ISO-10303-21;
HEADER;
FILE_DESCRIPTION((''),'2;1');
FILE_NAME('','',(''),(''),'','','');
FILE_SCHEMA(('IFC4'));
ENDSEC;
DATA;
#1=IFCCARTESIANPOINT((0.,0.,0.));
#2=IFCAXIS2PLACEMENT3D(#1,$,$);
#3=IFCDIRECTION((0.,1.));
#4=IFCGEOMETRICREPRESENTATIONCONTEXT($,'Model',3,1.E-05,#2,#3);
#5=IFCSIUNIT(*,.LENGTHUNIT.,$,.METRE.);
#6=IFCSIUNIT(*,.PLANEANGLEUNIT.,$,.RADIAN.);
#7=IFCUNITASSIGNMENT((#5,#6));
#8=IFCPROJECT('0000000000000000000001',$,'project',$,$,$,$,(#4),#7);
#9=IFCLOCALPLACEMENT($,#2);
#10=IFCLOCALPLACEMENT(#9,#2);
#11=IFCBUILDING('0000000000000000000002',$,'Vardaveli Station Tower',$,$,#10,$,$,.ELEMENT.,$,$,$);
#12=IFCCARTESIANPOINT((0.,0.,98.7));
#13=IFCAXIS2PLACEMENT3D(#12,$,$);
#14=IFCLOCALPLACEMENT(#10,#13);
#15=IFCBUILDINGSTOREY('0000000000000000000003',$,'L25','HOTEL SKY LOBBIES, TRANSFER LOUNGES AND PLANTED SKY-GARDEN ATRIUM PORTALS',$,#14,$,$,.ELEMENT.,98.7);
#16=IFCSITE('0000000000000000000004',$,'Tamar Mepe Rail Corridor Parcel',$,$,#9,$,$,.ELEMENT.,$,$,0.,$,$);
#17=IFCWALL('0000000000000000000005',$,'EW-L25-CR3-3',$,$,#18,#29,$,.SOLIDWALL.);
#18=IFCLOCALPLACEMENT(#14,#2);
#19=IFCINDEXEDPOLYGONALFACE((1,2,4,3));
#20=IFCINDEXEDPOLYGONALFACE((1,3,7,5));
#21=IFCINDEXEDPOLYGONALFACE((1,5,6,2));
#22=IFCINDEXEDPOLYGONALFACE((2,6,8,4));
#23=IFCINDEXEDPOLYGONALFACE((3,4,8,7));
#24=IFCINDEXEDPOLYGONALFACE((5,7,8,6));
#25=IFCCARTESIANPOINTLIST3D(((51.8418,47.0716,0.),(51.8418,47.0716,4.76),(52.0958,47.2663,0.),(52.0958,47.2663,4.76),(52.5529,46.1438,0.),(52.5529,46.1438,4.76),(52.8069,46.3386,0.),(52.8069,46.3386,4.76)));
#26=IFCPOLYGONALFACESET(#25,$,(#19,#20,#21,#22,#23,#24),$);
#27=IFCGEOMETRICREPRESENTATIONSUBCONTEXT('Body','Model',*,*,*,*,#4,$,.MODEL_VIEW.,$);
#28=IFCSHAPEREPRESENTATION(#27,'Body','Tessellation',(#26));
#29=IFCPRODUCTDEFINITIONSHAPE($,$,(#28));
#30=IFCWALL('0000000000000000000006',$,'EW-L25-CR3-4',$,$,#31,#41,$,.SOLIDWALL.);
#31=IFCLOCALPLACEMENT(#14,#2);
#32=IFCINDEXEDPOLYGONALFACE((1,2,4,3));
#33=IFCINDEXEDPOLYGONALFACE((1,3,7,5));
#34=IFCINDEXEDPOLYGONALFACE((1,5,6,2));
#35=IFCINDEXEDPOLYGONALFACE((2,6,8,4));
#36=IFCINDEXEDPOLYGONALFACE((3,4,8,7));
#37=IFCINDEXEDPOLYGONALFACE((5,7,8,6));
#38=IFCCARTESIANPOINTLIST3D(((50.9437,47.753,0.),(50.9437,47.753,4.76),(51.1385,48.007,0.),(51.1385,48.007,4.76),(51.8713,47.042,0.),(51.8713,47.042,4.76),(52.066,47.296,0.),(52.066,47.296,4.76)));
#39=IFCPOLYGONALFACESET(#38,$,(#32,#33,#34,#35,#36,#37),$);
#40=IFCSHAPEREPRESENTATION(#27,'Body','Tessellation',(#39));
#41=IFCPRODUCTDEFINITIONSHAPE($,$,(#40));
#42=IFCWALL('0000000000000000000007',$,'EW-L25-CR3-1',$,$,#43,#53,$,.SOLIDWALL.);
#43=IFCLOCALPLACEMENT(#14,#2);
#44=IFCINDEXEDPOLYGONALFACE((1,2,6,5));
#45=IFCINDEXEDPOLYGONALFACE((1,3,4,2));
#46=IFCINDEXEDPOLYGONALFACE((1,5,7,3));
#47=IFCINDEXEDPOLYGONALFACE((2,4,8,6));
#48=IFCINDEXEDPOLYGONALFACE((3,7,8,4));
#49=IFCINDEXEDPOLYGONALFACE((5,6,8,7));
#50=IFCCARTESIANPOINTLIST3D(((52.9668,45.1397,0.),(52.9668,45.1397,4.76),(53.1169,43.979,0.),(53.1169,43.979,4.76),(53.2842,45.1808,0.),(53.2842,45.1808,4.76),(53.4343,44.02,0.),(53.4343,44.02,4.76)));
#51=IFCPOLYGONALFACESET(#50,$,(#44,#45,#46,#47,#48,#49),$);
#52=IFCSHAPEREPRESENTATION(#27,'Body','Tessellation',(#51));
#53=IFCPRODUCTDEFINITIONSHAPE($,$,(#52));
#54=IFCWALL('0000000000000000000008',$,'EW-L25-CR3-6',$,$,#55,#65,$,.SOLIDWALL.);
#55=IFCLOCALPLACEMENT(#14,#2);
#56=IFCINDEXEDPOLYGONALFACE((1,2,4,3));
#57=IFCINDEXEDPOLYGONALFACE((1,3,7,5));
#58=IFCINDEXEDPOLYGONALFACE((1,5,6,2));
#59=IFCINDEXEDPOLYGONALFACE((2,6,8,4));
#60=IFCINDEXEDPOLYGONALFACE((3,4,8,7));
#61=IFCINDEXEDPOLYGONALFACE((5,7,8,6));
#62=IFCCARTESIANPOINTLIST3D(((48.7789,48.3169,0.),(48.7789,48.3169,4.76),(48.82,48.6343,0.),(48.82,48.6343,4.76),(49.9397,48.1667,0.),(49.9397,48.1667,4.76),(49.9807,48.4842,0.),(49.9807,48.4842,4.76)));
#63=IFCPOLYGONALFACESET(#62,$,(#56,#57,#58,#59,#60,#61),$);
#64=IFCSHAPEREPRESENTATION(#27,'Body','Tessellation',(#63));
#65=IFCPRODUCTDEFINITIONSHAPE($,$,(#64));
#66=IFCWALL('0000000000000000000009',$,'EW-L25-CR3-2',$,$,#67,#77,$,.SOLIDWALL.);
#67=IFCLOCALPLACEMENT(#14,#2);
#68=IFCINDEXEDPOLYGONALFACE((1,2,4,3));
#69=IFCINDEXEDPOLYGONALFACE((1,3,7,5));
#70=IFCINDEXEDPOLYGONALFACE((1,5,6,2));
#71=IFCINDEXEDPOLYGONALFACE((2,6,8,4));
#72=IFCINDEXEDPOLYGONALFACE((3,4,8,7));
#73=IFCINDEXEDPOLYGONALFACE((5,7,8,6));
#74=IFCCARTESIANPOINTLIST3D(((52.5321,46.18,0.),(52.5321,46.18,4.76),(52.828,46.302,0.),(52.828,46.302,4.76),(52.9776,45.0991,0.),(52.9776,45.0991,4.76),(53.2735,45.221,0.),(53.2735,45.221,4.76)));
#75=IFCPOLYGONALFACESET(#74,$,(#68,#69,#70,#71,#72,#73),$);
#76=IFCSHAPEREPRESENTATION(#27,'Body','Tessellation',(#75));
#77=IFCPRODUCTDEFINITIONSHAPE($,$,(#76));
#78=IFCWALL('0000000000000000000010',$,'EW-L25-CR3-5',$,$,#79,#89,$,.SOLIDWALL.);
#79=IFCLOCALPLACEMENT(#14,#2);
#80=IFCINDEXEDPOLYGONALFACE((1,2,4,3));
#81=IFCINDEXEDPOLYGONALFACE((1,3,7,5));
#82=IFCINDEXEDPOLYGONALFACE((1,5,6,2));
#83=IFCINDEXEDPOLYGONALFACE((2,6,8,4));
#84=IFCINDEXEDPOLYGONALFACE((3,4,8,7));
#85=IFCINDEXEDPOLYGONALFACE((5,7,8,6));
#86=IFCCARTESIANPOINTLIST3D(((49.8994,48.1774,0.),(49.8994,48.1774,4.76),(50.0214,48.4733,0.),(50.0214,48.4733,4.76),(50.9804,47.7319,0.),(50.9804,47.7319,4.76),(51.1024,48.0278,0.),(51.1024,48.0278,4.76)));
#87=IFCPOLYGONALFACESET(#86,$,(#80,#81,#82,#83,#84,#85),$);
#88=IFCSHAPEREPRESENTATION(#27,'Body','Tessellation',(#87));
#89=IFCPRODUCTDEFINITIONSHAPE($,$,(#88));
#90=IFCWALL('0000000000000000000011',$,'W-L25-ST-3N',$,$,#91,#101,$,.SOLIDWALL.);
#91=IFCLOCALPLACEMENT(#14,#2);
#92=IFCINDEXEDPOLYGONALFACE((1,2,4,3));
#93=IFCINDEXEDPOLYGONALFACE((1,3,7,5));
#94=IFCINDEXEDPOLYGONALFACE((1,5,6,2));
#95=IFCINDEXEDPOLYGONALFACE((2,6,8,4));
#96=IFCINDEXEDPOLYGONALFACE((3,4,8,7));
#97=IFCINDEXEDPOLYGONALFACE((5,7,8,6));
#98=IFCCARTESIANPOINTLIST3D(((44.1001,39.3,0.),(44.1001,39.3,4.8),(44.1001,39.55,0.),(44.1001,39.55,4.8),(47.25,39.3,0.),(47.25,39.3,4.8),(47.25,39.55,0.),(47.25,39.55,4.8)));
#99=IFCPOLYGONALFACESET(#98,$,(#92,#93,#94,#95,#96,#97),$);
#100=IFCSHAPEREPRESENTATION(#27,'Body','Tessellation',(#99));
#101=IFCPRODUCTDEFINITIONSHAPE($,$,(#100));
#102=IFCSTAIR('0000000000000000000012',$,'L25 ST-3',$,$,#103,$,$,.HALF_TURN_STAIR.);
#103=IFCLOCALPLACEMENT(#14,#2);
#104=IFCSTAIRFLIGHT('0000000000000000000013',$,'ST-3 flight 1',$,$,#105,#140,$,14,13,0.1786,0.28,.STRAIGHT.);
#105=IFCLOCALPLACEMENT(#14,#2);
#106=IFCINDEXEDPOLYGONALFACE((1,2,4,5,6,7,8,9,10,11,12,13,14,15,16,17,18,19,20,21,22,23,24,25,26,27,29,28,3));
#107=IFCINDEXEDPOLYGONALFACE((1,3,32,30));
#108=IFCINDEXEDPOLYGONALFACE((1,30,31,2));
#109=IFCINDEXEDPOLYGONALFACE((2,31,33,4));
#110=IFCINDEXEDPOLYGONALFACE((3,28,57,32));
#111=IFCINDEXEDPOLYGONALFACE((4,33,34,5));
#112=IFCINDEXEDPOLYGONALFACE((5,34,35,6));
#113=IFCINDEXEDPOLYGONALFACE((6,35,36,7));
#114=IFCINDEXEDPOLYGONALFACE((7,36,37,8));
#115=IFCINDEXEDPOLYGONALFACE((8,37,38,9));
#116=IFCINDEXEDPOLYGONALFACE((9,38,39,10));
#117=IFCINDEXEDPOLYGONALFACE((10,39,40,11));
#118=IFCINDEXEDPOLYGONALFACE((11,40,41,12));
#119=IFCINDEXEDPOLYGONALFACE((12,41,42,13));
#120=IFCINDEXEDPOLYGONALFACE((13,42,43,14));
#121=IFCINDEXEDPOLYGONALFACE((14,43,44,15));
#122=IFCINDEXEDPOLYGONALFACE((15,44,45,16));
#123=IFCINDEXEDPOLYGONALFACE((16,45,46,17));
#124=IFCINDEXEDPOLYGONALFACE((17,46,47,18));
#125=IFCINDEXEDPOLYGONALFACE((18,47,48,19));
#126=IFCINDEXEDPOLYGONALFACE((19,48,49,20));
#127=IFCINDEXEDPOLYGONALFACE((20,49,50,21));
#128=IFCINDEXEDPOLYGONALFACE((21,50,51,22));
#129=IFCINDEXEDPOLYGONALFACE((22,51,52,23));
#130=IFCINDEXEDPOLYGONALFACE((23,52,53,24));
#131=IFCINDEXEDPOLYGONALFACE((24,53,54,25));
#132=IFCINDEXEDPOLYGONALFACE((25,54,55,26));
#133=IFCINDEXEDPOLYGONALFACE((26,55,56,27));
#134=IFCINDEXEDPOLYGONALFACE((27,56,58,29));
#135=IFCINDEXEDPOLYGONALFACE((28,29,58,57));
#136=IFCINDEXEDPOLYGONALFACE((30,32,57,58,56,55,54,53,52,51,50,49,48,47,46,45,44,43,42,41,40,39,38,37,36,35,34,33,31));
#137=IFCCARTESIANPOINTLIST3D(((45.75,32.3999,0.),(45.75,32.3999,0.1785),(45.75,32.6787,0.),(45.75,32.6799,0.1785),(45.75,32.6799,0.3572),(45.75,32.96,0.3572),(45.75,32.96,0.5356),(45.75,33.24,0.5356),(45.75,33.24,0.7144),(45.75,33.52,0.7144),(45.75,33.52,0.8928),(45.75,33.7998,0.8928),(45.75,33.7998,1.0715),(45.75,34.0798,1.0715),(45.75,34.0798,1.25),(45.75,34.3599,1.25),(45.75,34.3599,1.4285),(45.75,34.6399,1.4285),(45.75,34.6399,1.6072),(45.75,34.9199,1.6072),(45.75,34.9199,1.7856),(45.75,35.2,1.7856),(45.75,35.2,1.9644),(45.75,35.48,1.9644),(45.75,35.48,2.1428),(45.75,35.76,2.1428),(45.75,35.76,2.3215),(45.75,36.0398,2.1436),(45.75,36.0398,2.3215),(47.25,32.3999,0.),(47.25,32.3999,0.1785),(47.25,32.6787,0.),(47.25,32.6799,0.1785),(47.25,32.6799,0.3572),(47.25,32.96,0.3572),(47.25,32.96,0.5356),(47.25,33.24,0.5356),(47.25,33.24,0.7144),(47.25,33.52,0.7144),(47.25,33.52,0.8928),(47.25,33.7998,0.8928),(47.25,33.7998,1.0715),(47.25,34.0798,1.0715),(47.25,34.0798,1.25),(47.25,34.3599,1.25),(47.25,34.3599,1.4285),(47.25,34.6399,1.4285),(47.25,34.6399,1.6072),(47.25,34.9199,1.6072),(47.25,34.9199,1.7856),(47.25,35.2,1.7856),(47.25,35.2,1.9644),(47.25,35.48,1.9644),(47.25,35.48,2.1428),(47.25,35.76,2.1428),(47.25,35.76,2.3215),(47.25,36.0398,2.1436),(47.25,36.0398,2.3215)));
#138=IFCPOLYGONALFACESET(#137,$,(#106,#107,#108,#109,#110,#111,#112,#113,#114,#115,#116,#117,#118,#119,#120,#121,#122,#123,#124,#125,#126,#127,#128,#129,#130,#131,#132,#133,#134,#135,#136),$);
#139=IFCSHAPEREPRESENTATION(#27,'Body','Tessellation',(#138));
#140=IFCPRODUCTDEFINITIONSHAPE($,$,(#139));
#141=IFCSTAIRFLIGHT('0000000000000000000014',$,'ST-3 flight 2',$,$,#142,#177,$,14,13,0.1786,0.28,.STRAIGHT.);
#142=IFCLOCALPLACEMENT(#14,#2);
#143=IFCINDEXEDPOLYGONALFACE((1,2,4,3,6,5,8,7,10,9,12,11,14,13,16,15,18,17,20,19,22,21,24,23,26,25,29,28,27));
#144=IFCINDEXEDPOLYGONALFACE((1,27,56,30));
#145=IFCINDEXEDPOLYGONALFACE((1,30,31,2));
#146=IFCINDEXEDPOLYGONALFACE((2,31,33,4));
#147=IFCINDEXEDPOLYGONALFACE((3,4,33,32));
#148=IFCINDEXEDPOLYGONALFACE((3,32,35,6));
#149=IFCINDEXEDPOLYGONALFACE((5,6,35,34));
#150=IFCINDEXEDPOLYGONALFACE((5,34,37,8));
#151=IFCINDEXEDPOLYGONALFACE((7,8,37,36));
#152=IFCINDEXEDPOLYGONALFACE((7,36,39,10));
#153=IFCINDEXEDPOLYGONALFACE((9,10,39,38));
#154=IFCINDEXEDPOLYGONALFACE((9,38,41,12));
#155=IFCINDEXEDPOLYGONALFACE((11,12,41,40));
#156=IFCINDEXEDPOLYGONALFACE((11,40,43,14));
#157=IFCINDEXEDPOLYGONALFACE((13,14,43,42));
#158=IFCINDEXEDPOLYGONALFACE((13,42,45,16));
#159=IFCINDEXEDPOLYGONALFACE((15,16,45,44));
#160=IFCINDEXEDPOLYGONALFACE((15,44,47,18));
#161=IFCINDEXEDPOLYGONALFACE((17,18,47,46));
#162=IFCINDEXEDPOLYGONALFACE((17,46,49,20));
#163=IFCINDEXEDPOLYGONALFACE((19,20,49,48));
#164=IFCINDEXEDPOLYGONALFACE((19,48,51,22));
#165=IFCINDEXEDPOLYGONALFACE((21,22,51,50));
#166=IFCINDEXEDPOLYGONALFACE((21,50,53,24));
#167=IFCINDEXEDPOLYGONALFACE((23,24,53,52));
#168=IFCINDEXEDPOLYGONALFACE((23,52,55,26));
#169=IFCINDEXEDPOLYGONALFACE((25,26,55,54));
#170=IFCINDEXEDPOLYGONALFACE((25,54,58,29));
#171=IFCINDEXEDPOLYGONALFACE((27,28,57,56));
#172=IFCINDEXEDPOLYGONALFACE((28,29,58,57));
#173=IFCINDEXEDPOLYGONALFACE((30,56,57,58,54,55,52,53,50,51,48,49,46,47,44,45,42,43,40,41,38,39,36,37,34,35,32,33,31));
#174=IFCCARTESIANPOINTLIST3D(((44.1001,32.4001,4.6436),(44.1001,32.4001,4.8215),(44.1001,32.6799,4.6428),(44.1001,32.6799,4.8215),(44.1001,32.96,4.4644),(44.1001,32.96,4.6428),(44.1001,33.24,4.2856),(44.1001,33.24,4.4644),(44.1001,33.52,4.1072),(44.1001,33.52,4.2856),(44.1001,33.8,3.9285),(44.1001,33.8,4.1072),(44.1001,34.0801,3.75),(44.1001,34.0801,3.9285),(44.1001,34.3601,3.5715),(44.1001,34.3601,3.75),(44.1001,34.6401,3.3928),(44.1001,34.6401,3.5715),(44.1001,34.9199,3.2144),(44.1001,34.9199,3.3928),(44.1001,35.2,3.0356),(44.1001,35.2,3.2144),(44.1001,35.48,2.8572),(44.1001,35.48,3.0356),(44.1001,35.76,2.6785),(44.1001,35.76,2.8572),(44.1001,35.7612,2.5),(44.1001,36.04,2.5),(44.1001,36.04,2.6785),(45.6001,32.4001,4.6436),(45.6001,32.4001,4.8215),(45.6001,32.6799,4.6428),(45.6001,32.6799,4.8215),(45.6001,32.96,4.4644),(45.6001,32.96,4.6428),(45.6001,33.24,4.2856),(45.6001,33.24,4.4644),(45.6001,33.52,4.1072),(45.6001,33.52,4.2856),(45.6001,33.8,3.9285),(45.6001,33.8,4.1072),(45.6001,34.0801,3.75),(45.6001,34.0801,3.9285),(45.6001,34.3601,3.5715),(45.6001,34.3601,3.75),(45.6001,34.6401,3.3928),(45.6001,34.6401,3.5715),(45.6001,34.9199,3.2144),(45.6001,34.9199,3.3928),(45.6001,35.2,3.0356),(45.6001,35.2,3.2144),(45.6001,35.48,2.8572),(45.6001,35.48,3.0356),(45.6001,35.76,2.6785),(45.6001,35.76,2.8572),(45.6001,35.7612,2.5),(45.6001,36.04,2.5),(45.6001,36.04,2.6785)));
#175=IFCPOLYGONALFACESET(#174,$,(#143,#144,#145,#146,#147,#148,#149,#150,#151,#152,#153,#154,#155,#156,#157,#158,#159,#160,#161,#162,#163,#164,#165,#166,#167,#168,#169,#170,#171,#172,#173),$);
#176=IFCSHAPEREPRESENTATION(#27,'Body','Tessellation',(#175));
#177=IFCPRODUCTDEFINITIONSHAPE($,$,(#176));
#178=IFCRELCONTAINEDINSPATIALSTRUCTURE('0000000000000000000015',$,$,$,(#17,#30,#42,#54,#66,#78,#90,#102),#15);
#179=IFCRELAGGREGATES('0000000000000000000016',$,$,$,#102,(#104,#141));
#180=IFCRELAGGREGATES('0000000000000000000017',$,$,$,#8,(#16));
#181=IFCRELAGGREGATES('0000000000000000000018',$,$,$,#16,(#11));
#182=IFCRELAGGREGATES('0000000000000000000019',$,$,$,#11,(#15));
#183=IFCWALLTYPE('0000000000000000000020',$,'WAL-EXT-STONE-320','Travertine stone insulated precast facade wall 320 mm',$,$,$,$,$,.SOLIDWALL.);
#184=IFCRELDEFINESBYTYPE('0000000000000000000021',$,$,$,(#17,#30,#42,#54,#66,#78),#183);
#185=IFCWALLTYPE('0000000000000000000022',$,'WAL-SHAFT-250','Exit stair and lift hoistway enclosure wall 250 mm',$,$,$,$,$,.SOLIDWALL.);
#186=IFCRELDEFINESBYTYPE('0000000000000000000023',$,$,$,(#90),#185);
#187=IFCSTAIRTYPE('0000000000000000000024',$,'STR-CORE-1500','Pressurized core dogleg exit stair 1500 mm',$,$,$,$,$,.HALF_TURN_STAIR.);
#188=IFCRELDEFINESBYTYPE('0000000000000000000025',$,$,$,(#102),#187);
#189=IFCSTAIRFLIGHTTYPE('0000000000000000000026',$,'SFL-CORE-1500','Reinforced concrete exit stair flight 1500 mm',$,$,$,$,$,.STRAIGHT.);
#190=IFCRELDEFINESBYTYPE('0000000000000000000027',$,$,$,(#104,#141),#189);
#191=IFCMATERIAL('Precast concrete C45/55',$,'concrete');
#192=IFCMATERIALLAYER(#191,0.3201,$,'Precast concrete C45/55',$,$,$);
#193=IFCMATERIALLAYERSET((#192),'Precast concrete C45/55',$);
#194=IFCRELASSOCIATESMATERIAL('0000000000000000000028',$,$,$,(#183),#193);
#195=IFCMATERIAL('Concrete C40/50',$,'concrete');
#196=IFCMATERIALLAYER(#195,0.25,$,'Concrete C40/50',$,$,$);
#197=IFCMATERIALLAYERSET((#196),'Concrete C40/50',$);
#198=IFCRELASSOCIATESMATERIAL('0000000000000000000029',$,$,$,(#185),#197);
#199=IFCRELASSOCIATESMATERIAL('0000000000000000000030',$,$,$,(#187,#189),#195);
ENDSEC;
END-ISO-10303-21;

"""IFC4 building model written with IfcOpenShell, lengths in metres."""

from ifc_helpers import new_model, si_unit, direction, frame, frame_2d, origin, place, context, subcontext, project, spatial, polyline, rectangle, outline, extrude, source, transform, mapped, material, layer, layer_set, type_object, element, aggregate, save


model = new_model("IFC4")

# Units and contexts
model_context = context("Model", 3, precision=1e-05, world=origin(), true_north=direction((0.0, 1.0)))
body_context = subcontext(model_context, "Body", "Model", "MODEL_VIEW")
ifc_project = project(units=[si_unit("LENGTHUNIT", "METRE"), si_unit("PLANEANGLEUNIT", "RADIAN")], contexts=[model_context])

# Site, building, storey
site_placement = place(None, origin())
site = spatial("IfcSite", under=ifc_project, at=site_placement, Name="Tamar Mepe Rail Corridor Parcel", CompositionType="ELEMENT", RefElevation=0.0)
building_placement = place(site_placement, origin())
building = spatial("IfcBuilding", under=site, at=building_placement, Name="Vardaveli Station Tower", CompositionType="ELEMENT")
storey_placement = place(building_placement, frame((0.0, 0.0, 98.7)))
storey = spatial("IfcBuildingStorey", under=building, at=storey_placement, Name="L25", Description="HOTEL SKY LOBBIES, TRANSFER LOUNGES AND PLANTED SKY-GARDEN ATRIUM PORTALS", CompositionType="ELEMENT", Elevation=98.7)

# Shared definitions
ifc_material_1 = material(Name="Precast concrete C45/55", Category="concrete")
ifc_layer_1 = layer(ifc_material_1, 0.3201, Name="Precast concrete C45/55")
ifc_layer_set_1 = layer_set([ifc_layer_1], Name="Precast concrete C45/55")
wall_type_1 = type_object("IfcWallType", Name="WAL-EXT-STONE-320", Description="Travertine stone insulated precast facade wall 320 mm", PredefinedType="SOLIDWALL", material=ifc_layer_set_1)

# Walls
shared_shape_1 = source(origin(), body_context, "Body", "SweptSolid", [
    extrude(rectangle(XDim=1.1689, YDim=0.3201, at=frame_2d((0.5845, 0.0))), origin(), (0.0, 0.0, 1.0), 4.76),
])
wall_1_placement = place(storey_placement, frame((52.6799, 46.2412, 0.0), z_axis=(0.0, 0.0, 1.0), x_axis=(-0.608388, 0.79364, 0.0)))
element("IfcWall", 1, at=wall_1_placement, inside=storey, type_object=wall_type_1, Name="EW-L25-CR3-3", PredefinedType="SOLIDWALL", context=body_context, shape_type="MappedRepresentation", body=[
    mapped(shared_shape_1, transform((0.0, 0.0, 0.0), scale=1.0)),
])
shared_shape_2 = source(origin(), body_context, "Body", "SweptSolid", [
    extrude(rectangle(XDim=1.1687, YDim=0.3201, at=frame_2d((0.5845, 0.0))), origin(), (0.0, 0.0, 1.0), 4.76),
])
wall_2_placement = place(storey_placement, frame((51.9688, 47.1689, 0.0), z_axis=(0.0, 0.0, 1.0), x_axis=(-0.793664, 0.608357, 0.0)))
element("IfcWall", 2, at=wall_2_placement, inside=storey, type_object=wall_type_1, Name="EW-L25-CR3-4", PredefinedType="SOLIDWALL", context=body_context, shape_type="MappedRepresentation", body=[
    mapped(shared_shape_2, transform((0.0, 0.0, 0.0), scale=1.0)),
])
shared_shape_3 = source(origin(), body_context, "Body", "SweptSolid", [
    extrude(rectangle(XDim=1.1704, YDim=0.3201, at=frame_2d((0.5852, 0.0))), origin(), (0.0, 0.0, 1.0), 4.76),
])
for number, where, z_axis, x_axis, name in (
    (3, (53.2756, 43.9995, 0.0), (0.0, 0.0, 1.0), (-0.128296, 0.991736, 0.0), "EW-L25-CR3-1"),
    (4, (49.9602, 48.3254, 0.0), (0.0, 0.0, 1.0), (-0.991736, 0.128296, 0.0), "EW-L25-CR3-6"),
):
    element("IfcWall", number, at=place(storey_placement, frame(where, z_axis=z_axis, x_axis=x_axis)), inside=storey, type_object=wall_type_1, Name=name, PredefinedType="SOLIDWALL", context=body_context, shape_type="MappedRepresentation", body=[
        mapped(shared_shape_3, transform((0.0, 0.0, 0.0), scale=1.0)),
    ])
shared_shape_4 = source(origin(), body_context, "Body", "SweptSolid", [
    extrude(rectangle(XDim=1.1692, YDim=0.3201, at=frame_2d((0.5845, 0.0))), origin(), (0.0, 0.0, 1.0), 4.76),
])
for number, where, z_axis, x_axis, name in (
    (5, (53.1255, 45.1602, 0.0), (0.0, 0.0, 1.0), (-0.381054, 0.924553, 0.0), "EW-L25-CR3-2"),
    (6, (51.0413, 47.8799, 0.0), (0.0, 0.0, 1.0), (-0.924553, 0.381054, 0.0), "EW-L25-CR3-5"),
):
    element("IfcWall", number, at=place(storey_placement, frame(where, z_axis=z_axis, x_axis=x_axis)), inside=storey, type_object=wall_type_1, Name=name, PredefinedType="SOLIDWALL", context=body_context, shape_type="MappedRepresentation", body=[
        mapped(shared_shape_4, transform((0.0, 0.0, 0.0), scale=1.0)),
    ])
ifc_material_2 = material(Name="Concrete C40/50", Category="concrete")
ifc_layer_2 = layer(ifc_material_2, 0.25, Name="Concrete C40/50")
ifc_layer_set_2 = layer_set([ifc_layer_2], Name="Concrete C40/50")
wall_type_2 = type_object("IfcWallType", Name="WAL-SHAFT-250", Description="Exit stair and lift hoistway enclosure wall 250 mm", PredefinedType="SOLIDWALL", material=ifc_layer_set_2)
shared_shape_5 = source(origin(), body_context, "Body", "SweptSolid", [
    extrude(rectangle(XDim=3.1499, YDim=0.25, at=frame_2d((1.575, 0.0))), origin(), (0.0, 0.0, 1.0), 4.8),
])
wall_3_placement = place(storey_placement, frame((44.1001, 39.425, 0.0), z_axis=(0.0, 0.0, 1.0), x_axis=(1.0, 0.0, 0.0)))
element("IfcWall", 7, at=wall_3_placement, inside=storey, type_object=wall_type_2, Name="W-L25-ST-3N", PredefinedType="SOLIDWALL", context=body_context, shape_type="MappedRepresentation", body=[
    mapped(shared_shape_5, transform((0.0, 0.0, 0.0), scale=1.0)),
])

# Stair, stair flights
stair_type = type_object("IfcStairType", Name="STR-CORE-1500", Description="Pressurized core dogleg exit stair 1500 mm", PredefinedType="HALF_TURN_STAIR", material=ifc_material_2)
stair_placement = place(storey_placement, origin())
stair = element("IfcStair", 8, at=stair_placement, inside=storey, type_object=stair_type, Name="L25 ST-3", PredefinedType="HALF_TURN_STAIR")
stair_flight_type = type_object("IfcStairFlightType", Name="SFL-CORE-1500", Description="Reinforced concrete exit stair flight 1500 mm", PredefinedType="STRAIGHT", material=ifc_material_2)
shared_shape_6 = source(origin(), body_context, "Body", "SweptSolid", [
    extrude(outline(polyline([(0.0, 0.0), (0.0, 0.1785), (0.28, 0.1785), (0.28, 0.3572), (0.5601, 0.3572), (0.5601, 0.5356), (0.8401, 0.5356), (0.8401, 0.7144), (1.1201, 0.7144), (1.1201, 0.8928), (1.3999, 0.8928), (1.3999, 1.0715), (1.6799, 1.0715), (1.6799, 1.25), (1.96, 1.25), (1.96, 1.4285), (2.24, 1.4285), (2.24, 1.6072), (2.52, 1.6072), (2.52, 1.7856), (2.8, 1.7856), (2.8, 1.9644), (3.0801, 1.9644), (3.0801, 2.1428), (3.3601, 2.1428), (3.3601, 2.3215), (3.6399, 2.3215), (3.6399, 2.5), (3.6399, 2.1436), (0.2788, 0.0), (0.0, 0.0)])), frame((0.0, 0.75, 0.0), z_axis=(0.0, -1.0, 0.0), x_axis=(1.0, 0.0, 0.0)), (0.0, 0.0, 1.0), 1.5),
])
stair_flight_1_placement = place(storey_placement, frame((46.5, 32.3999, 0.0), z_axis=(0.0, 0.0, 1.0), x_axis=(0.0, 1.0, 0.0)))
stair_flight_1 = element("IfcStairFlight", 9, at=stair_flight_1_placement, type_object=stair_flight_type, Name="ST-3 flight 1", NumberOfRisers=14, NumberOfTreads=13, PredefinedType="STRAIGHT", RiserHeight=0.1786, TreadLength=0.28, context=body_context, shape_type="MappedRepresentation", body=[
    mapped(shared_shape_6, transform((0.0, 0.0, 0.0), scale=1.0)),
])
stair_flight_2_placement = place(storey_placement, frame((44.8501, 36.04, 2.5), z_axis=(0.0, 0.0, 1.0), x_axis=(0.0, -1.0, 0.0)))
stair_flight_2 = element("IfcStairFlight", 10, at=stair_flight_2_placement, type_object=stair_flight_type, Name="ST-3 flight 2", NumberOfRisers=14, NumberOfTreads=13, PredefinedType="STRAIGHT", RiserHeight=0.1786, TreadLength=0.28, context=body_context, shape_type="MappedRepresentation", body=[
    mapped(shared_shape_6, transform((0.0, 0.0, 0.0), scale=1.0)),
])
aggregate(stair, [stair_flight_1, stair_flight_2])

save(model, "model.ifc")
